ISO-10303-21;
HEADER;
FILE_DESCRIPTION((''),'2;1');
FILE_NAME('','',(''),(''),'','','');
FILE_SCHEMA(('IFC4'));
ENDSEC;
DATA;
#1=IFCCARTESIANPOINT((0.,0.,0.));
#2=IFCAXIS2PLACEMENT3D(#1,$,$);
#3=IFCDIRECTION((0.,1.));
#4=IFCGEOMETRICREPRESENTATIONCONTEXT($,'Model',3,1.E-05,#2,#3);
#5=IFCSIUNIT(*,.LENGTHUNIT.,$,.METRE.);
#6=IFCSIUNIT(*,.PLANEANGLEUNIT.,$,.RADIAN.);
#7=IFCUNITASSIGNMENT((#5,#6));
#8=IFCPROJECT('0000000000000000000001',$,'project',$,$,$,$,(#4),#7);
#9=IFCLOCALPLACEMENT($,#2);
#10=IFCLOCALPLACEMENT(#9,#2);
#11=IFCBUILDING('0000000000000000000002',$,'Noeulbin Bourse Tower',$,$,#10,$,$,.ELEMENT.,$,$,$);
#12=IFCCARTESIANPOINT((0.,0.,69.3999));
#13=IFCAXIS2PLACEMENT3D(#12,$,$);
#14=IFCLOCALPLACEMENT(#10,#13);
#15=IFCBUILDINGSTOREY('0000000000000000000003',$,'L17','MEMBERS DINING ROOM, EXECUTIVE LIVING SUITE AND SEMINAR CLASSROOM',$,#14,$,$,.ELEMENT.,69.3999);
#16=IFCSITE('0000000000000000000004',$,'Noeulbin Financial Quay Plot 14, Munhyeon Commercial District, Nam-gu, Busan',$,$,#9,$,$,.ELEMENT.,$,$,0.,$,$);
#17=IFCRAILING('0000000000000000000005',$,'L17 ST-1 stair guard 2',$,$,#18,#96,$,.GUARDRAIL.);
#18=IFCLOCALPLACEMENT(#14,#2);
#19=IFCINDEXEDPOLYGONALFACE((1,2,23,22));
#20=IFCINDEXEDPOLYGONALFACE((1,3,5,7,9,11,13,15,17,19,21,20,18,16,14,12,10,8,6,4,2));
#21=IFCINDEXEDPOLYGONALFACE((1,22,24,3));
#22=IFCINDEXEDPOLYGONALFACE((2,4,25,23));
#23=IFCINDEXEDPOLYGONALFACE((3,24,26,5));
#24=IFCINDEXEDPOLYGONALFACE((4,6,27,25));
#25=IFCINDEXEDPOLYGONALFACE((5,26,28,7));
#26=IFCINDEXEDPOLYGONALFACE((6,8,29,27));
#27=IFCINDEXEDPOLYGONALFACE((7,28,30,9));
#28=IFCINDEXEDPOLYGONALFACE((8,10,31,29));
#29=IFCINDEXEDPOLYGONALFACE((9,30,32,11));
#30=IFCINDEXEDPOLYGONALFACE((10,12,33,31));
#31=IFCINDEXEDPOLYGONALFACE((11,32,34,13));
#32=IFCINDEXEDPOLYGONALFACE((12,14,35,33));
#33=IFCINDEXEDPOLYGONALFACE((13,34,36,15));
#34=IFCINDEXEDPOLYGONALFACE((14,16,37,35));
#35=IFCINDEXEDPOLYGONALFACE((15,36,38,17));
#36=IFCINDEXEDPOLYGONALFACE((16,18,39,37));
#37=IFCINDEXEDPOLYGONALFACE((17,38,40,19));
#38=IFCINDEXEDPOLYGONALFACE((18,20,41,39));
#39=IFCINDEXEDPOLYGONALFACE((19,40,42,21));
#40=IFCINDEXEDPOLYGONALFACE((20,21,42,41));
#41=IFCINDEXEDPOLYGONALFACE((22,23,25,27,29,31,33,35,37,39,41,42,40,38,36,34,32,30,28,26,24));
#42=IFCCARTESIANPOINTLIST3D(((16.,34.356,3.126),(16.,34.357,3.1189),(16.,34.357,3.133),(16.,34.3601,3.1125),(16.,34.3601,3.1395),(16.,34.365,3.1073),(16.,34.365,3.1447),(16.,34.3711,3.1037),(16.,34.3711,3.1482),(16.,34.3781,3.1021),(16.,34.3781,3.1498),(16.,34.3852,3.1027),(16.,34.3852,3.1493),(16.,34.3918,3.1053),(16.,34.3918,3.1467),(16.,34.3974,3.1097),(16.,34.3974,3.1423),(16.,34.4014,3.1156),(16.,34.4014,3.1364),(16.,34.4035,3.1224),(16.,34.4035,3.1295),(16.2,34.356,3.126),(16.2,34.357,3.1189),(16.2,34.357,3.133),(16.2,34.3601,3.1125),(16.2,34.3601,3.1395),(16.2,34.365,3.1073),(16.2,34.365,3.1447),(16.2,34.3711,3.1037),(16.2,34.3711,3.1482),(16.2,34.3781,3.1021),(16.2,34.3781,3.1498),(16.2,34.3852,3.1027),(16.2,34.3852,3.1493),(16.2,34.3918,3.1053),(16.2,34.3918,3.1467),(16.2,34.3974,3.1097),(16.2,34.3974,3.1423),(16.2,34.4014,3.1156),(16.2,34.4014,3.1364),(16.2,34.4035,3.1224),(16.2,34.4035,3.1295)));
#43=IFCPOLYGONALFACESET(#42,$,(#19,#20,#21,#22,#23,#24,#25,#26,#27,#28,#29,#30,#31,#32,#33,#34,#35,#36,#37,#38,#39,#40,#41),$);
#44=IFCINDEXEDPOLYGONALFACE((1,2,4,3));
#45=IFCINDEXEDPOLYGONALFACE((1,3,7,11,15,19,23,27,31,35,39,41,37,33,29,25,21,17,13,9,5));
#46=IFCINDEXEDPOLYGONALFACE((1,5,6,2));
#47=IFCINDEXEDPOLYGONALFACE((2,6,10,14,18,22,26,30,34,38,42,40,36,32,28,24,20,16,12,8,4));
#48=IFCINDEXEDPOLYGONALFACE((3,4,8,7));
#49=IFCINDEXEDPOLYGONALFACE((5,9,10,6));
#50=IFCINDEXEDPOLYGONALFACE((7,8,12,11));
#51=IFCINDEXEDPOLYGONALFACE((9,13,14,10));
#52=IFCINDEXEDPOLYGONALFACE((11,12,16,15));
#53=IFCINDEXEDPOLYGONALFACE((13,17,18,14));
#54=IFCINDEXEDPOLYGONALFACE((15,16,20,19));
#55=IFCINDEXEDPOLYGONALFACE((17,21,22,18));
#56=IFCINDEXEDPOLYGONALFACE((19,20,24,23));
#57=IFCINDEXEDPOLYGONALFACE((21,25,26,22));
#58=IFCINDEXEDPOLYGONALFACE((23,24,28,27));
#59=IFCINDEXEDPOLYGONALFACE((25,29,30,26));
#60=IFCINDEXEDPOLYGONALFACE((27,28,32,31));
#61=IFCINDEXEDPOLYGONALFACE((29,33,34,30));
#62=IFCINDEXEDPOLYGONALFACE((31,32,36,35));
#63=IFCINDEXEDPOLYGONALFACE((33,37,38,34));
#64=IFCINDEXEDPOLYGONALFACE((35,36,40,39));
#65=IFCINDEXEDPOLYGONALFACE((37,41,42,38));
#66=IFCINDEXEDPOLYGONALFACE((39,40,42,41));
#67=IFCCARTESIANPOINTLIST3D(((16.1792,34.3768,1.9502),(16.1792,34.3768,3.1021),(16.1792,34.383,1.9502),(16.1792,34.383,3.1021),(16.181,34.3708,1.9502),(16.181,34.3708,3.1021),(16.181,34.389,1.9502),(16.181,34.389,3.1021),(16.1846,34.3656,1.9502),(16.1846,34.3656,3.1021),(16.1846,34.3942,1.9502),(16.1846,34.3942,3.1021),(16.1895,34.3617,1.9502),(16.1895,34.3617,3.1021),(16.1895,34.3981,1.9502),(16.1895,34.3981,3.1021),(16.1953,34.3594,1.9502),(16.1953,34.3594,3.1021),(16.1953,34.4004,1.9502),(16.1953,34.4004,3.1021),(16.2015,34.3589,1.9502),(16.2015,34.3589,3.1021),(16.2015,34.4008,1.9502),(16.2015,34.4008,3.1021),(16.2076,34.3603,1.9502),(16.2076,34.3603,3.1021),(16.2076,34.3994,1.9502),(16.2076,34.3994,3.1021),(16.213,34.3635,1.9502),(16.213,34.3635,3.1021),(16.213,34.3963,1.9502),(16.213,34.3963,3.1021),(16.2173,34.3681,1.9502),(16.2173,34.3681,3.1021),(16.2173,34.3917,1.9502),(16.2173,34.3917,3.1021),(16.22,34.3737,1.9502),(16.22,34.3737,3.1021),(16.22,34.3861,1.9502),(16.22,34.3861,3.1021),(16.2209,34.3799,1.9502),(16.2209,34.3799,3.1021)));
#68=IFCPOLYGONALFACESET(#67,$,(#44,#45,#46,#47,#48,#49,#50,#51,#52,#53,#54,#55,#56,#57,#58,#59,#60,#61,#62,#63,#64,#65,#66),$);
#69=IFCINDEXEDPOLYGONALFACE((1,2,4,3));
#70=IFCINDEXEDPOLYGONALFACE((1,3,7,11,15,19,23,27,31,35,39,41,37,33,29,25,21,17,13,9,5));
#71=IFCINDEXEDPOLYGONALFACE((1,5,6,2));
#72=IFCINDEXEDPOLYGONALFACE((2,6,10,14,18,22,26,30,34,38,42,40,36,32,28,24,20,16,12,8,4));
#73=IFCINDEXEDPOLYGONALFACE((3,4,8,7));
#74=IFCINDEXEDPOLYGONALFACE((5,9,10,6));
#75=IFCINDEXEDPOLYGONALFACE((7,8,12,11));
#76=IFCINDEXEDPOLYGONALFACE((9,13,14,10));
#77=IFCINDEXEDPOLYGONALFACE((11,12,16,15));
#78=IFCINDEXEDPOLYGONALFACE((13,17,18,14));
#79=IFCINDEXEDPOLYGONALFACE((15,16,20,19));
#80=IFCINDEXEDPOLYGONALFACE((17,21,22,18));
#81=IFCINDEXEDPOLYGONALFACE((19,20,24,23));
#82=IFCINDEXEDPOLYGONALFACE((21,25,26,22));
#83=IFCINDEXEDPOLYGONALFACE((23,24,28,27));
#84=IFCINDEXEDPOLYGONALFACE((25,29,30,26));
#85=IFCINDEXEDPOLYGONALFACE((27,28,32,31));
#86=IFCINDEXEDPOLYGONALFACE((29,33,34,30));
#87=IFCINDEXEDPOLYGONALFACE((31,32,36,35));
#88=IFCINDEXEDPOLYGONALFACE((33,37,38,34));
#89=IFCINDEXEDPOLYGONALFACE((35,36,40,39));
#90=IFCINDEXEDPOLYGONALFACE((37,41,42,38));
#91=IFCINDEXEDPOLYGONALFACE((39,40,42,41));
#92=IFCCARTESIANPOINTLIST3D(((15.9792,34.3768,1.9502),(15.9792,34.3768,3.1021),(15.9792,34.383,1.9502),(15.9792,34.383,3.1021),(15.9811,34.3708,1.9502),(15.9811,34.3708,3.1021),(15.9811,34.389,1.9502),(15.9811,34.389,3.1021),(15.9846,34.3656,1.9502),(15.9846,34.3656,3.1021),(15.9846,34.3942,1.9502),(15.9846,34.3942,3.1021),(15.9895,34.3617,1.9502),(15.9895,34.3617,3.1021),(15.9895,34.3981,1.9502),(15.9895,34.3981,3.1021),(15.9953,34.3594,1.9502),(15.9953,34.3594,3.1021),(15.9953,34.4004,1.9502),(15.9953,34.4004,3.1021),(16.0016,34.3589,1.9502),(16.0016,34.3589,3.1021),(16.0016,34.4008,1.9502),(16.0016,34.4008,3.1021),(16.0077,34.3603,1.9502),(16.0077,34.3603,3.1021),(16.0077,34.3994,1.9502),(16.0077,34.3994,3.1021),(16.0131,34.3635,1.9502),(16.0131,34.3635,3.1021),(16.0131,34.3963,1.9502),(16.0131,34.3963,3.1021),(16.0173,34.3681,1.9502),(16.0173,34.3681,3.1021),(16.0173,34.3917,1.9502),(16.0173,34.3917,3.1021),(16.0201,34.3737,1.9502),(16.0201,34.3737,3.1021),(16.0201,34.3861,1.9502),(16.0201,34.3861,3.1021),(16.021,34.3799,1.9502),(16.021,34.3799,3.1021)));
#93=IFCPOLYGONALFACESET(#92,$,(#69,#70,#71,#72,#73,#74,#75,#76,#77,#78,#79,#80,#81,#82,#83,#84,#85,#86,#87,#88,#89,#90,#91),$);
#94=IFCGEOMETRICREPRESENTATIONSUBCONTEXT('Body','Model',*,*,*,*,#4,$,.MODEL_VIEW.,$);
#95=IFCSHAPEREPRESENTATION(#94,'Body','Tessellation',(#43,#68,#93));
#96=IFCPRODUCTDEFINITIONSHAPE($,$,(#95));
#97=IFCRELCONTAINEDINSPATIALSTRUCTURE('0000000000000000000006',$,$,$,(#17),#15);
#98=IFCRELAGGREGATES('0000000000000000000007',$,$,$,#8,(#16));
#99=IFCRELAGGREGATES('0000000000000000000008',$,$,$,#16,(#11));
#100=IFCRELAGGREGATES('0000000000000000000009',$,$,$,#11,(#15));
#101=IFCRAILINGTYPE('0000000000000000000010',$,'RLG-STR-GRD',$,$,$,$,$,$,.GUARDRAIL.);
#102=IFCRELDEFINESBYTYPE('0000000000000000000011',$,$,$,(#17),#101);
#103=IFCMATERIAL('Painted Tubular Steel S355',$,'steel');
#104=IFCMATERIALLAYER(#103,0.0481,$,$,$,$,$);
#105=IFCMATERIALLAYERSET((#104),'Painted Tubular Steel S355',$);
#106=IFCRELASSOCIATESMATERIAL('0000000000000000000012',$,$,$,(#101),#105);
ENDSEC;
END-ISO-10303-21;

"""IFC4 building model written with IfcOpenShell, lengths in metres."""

from ifc_helpers import new_model, si_unit, direction, frame, origin, origin_2d, place, context, subcontext, project, spatial, circle, extrude, material, layer, layer_set, type_object, element, save


model = new_model("IFC4")

# Units and contexts
model_context = context("Model", 3, precision=1e-05, world=origin(), true_north=direction((0.0, 1.0)))
body_context = subcontext(model_context, "Body", "Model", "MODEL_VIEW")
ifc_project = project(units=[si_unit("LENGTHUNIT", "METRE"), si_unit("PLANEANGLEUNIT", "RADIAN")], contexts=[model_context])

# Site, building, storey
site_placement = place(None, origin())
site = spatial("IfcSite", under=ifc_project, at=site_placement, Name="Noeulbin Financial Quay Plot 14, Munhyeon Commercial District, Nam-gu, Busan", CompositionType="ELEMENT", RefElevation=0.0)
building_placement = place(site_placement, origin())
building = spatial("IfcBuilding", under=site, at=building_placement, Name="Noeulbin Bourse Tower", CompositionType="ELEMENT")
storey_placement = place(building_placement, frame((0.0, 0.0, 69.3999)))
storey = spatial("IfcBuildingStorey", under=building, at=storey_placement, Name="L17", Description="MEMBERS DINING ROOM, EXECUTIVE LIVING SUITE AND SEMINAR CLASSROOM", CompositionType="ELEMENT", Elevation=69.3999)

# Railing
ifc_material_1 = material(Name="Painted Tubular Steel S355", Category="steel")
ifc_layer_1 = layer(ifc_material_1, 0.0481)
ifc_layer_set_1 = layer_set([ifc_layer_1], Name="Painted Tubular Steel S355")
railing_type_1 = type_object("IfcRailingType", Name="RLG-STR-GRD", PredefinedType="GUARDRAIL", material=ifc_layer_set_1)
railing_1_placement = place(storey_placement, frame((16.2, 34.3799, 1.9502)))
element("IfcRailing", 1, at=railing_1_placement, inside=storey, type_object=railing_type_1, Name="L17 ST-1 stair guard 2", PredefinedType="GUARDRAIL", context=body_context, shape_type="SweptSolid", body=[
    extrude(circle(Radius=0.0239, at=origin_2d()), frame((0.0, 0.0, 1.1758), z_axis=(-1.0, 0.0, 0.0), x_axis=(0.0, -1.0, 0.0)), (0.0, 0.0, 1.0), 0.2),
    extrude(circle(Radius=0.021, at=origin_2d()), origin(), (0.0, 0.0, 1.0), 1.1519),
    extrude(circle(Radius=0.021, at=origin_2d()), frame((-0.2, 0.0, 0.0)), (0.0, 0.0, 1.0), 1.1519),
])

save(model, "model.ifc")
